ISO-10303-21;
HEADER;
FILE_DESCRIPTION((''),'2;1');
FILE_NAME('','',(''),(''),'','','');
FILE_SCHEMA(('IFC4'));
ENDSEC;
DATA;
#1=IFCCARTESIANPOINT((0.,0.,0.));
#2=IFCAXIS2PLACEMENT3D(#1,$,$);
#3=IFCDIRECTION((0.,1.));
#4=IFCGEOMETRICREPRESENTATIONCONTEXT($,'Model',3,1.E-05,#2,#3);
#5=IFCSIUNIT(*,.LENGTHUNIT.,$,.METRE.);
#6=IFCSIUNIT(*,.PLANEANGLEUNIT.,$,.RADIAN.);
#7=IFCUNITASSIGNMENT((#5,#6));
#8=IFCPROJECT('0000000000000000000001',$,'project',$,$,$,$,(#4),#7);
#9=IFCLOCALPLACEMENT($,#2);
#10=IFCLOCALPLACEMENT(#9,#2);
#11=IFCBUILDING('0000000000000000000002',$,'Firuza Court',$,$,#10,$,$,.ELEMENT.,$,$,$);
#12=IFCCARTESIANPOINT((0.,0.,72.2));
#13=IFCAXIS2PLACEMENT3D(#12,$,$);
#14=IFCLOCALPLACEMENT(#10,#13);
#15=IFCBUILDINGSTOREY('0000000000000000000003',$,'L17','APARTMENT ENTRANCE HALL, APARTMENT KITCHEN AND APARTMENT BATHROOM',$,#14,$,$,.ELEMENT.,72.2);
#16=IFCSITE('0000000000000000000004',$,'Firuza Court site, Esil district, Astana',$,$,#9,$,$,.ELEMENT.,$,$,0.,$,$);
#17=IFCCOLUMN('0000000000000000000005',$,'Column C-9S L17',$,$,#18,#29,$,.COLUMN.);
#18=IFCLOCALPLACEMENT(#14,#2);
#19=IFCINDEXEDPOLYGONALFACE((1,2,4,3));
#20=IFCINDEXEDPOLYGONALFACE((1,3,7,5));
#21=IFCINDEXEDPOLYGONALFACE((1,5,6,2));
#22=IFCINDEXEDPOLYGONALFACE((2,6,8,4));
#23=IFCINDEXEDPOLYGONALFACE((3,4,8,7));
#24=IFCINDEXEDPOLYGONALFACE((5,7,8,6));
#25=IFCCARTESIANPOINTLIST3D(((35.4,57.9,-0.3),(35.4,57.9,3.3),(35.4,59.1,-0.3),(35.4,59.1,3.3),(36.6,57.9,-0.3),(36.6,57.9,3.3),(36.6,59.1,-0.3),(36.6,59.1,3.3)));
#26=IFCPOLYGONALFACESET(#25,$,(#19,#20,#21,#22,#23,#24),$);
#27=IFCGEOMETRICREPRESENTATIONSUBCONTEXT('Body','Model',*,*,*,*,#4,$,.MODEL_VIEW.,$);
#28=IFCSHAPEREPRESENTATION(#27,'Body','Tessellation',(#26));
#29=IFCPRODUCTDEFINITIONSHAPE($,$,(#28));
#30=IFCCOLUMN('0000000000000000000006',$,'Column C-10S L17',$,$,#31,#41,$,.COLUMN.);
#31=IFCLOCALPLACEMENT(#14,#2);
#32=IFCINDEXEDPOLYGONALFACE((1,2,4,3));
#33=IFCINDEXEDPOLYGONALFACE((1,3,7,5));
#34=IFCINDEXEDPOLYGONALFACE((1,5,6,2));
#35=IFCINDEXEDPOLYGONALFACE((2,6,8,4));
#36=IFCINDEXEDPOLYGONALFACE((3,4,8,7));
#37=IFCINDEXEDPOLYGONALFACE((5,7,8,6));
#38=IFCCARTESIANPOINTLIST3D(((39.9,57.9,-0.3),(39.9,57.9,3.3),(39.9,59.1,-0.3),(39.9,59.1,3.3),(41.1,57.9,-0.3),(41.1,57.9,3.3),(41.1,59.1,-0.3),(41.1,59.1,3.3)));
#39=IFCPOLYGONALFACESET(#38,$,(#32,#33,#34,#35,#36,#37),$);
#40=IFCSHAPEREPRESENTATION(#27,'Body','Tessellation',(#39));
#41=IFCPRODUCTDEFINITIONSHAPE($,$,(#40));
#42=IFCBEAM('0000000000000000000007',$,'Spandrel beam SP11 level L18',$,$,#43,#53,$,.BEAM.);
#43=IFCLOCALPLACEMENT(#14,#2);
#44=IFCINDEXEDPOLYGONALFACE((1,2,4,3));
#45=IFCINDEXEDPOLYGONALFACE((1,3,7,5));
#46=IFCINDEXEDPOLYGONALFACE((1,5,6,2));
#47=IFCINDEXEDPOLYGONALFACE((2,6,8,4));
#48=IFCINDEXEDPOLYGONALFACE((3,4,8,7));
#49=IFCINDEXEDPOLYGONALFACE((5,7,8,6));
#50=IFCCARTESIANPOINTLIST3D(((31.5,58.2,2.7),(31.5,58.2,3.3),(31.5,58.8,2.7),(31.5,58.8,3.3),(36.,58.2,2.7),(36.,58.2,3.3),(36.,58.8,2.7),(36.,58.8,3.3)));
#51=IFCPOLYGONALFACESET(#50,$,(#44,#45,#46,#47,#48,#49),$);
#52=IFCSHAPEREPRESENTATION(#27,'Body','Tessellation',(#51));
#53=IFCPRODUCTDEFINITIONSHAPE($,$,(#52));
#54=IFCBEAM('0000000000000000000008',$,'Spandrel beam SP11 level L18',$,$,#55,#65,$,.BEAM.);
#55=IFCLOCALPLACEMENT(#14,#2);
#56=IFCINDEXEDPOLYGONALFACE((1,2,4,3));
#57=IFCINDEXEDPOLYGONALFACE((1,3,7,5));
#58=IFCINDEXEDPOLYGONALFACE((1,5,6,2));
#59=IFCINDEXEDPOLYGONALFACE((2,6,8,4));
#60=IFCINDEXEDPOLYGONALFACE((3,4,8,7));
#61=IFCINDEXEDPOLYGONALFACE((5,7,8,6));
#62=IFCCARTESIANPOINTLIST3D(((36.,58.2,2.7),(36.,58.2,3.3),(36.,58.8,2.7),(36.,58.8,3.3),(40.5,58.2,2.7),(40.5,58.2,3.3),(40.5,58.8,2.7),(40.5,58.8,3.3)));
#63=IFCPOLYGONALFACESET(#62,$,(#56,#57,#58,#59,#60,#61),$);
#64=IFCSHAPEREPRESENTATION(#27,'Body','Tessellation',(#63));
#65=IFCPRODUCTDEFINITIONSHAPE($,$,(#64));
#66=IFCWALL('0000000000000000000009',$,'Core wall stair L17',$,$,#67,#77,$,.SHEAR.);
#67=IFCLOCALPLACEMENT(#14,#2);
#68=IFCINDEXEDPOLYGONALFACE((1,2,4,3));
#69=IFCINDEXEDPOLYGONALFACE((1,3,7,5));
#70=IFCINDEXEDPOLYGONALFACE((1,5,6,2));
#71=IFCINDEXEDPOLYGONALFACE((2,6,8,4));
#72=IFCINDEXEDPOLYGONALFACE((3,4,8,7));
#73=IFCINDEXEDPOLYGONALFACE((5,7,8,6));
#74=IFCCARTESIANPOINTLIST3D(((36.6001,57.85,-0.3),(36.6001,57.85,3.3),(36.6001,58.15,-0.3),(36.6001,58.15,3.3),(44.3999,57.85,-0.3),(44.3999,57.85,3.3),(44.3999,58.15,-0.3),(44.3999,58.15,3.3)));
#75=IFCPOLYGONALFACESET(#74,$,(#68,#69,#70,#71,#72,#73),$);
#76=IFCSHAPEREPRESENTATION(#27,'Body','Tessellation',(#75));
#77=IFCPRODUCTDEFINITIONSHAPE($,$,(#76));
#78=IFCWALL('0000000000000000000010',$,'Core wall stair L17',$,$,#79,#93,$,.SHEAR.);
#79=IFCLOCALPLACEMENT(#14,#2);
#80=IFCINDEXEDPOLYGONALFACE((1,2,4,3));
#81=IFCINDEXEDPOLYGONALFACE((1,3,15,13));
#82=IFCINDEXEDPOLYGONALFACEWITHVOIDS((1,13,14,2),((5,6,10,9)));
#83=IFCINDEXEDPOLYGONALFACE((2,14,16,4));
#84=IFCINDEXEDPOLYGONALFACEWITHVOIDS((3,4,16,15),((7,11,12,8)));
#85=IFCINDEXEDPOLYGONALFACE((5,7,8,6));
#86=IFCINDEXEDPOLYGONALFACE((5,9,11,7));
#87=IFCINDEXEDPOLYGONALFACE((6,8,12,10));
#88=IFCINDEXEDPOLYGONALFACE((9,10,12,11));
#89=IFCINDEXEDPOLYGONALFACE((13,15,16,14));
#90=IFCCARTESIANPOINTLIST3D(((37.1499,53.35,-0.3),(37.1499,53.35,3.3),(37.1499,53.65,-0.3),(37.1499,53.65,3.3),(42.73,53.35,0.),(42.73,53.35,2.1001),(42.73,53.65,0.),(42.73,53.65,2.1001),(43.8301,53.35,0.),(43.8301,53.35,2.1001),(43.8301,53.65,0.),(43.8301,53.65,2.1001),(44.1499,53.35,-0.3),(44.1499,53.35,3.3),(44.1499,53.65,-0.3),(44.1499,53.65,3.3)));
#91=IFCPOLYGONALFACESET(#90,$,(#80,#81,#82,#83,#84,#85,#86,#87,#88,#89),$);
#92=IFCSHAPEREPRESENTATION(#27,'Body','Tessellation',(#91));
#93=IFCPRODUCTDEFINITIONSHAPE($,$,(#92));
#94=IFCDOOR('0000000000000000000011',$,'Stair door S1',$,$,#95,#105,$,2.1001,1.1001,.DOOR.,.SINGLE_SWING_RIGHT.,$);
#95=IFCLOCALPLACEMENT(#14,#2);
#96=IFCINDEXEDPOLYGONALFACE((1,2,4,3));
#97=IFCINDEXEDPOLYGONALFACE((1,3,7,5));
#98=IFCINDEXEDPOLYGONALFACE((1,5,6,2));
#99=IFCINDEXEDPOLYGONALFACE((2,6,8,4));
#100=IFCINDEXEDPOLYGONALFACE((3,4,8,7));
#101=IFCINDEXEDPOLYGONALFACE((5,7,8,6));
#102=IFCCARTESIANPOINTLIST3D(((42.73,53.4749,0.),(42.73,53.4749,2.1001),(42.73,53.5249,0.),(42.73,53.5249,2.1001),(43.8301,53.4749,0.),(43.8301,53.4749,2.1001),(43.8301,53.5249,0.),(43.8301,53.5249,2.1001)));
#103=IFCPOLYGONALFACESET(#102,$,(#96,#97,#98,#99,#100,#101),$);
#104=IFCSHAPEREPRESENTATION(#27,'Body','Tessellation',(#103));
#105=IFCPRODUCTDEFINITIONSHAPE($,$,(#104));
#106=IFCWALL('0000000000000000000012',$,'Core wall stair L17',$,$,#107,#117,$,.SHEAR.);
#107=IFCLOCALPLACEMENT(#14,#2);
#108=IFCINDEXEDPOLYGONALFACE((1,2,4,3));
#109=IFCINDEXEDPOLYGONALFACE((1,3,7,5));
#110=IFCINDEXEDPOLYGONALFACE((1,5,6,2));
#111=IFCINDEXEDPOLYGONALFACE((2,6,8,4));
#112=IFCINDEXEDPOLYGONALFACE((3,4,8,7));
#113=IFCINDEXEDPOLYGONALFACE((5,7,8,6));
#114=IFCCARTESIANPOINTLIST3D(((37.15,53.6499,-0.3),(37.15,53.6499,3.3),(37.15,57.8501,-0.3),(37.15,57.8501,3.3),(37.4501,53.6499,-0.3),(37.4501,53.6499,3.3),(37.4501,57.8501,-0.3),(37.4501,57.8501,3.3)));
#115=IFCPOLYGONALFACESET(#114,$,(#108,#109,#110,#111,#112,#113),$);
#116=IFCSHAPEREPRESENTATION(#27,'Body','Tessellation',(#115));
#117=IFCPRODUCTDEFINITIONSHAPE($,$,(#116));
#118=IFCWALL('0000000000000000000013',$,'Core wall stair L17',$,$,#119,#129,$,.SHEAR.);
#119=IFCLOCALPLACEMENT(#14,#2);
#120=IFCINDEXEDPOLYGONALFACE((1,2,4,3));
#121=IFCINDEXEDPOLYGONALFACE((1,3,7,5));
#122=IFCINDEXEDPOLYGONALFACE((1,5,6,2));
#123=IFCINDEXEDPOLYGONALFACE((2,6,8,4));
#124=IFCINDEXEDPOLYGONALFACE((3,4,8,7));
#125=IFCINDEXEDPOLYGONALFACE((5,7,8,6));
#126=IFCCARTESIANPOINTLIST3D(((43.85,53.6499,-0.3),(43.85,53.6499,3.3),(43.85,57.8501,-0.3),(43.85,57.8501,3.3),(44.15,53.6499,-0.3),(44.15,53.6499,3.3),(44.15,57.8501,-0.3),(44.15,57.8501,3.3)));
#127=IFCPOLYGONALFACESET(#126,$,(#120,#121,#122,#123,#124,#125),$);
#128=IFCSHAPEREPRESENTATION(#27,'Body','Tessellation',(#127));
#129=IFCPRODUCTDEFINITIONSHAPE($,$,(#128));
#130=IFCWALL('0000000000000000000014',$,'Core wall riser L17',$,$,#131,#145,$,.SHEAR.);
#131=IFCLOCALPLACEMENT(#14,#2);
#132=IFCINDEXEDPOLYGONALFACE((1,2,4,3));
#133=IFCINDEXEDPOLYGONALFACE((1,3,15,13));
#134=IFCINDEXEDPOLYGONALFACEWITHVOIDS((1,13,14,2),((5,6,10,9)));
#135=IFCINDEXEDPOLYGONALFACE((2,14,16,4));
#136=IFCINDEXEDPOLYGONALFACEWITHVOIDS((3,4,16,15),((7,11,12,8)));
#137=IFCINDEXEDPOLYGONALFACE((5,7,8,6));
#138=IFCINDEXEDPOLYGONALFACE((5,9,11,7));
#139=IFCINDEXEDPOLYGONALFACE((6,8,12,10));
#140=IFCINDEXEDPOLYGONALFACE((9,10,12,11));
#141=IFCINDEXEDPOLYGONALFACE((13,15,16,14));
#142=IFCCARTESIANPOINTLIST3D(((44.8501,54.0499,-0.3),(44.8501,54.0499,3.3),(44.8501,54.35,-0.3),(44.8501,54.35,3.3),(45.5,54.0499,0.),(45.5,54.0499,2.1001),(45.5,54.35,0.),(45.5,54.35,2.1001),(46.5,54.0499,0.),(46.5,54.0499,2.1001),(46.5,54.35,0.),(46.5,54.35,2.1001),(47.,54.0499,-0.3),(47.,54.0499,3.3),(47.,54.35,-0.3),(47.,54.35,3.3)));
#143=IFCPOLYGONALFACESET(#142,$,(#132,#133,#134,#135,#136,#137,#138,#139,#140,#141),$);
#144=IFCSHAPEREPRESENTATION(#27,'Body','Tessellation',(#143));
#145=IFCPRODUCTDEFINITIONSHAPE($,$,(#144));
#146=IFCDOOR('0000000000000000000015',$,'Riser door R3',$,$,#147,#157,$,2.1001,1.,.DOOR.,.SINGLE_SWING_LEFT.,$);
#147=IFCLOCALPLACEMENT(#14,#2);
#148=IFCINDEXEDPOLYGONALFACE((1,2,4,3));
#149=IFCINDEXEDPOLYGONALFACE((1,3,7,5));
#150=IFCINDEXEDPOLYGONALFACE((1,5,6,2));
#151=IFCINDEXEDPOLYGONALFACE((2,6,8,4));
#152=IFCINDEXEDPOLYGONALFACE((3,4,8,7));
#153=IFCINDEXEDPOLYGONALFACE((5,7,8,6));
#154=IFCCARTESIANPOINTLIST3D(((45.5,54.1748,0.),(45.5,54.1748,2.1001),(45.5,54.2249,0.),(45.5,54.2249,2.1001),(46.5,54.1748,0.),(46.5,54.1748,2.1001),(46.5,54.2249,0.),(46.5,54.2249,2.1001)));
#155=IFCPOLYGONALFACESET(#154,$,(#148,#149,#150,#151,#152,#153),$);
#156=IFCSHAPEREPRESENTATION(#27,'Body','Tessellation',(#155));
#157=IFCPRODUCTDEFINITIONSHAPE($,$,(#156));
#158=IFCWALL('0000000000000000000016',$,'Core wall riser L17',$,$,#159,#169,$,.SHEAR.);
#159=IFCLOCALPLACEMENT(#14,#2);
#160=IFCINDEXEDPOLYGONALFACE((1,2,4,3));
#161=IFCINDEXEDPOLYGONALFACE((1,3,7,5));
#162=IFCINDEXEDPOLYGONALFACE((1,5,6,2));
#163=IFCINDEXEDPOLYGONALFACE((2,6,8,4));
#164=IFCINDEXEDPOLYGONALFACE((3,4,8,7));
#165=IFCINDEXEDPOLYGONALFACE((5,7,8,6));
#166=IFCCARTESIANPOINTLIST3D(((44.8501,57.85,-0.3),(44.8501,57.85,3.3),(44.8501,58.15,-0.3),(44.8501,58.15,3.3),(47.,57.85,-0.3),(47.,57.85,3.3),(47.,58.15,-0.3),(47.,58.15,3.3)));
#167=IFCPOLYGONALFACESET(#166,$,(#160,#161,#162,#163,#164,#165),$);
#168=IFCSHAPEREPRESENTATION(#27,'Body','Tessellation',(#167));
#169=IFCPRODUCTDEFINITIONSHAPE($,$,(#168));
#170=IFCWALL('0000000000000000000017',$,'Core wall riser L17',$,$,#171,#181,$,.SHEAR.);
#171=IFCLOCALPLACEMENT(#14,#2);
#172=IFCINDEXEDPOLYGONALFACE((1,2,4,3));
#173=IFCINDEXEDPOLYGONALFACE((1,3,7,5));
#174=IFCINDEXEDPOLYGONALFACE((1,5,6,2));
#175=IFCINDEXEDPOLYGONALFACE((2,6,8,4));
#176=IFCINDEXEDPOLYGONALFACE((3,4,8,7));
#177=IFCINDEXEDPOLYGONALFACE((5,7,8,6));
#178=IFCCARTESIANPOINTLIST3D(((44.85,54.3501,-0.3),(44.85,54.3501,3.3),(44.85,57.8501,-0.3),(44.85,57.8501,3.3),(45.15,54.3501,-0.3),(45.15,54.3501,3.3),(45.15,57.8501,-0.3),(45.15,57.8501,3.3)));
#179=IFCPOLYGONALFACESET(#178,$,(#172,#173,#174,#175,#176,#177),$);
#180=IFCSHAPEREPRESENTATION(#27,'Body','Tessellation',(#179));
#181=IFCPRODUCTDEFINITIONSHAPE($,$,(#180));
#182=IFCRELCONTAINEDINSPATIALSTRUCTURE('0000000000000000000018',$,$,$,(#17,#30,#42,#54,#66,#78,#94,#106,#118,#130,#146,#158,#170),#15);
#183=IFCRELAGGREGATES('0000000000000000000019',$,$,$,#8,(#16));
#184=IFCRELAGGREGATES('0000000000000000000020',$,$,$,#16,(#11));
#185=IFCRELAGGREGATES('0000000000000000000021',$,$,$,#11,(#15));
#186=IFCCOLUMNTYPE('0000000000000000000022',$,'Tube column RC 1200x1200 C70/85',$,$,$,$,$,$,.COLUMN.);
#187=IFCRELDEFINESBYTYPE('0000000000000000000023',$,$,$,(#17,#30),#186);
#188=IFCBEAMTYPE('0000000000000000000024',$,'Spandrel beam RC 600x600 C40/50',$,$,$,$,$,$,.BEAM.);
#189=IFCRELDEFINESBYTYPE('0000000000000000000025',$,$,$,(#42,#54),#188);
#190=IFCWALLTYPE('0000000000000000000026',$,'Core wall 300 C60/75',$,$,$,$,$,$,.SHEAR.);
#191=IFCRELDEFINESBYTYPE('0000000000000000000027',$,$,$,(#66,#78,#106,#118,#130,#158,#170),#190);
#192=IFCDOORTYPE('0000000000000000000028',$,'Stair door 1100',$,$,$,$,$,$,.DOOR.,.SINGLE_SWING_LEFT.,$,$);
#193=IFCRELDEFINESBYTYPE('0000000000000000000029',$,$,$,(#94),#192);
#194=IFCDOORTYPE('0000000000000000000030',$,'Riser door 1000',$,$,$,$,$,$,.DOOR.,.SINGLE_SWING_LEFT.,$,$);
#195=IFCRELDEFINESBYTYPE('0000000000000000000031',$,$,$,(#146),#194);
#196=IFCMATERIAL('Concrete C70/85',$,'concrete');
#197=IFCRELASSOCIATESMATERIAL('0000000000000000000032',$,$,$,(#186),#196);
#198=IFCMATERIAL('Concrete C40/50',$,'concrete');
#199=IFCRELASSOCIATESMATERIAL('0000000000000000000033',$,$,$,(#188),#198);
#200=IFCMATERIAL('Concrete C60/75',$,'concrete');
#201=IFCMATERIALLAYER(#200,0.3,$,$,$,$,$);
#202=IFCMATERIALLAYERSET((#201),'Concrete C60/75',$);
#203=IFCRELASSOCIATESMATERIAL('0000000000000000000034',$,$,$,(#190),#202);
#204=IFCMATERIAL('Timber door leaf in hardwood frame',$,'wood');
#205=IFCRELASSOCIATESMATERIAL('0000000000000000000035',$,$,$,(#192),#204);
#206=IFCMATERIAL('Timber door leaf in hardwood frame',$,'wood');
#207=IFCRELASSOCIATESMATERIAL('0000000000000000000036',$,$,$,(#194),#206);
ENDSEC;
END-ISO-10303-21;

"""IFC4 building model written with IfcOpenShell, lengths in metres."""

from ifc_helpers import new_model, si_unit, direction, frame, frame_2d, origin, origin_2d, place, context, subcontext, project, spatial, rectangle, extrude, material, layer, layer_set, material_profile, profile_set, type_object, element, fill, save


model = new_model("IFC4")

# Units and contexts
model_context = context("Model", 3, precision=1e-05, world=origin(), true_north=direction((0.0, 1.0)))
body_context = subcontext(model_context, "Body", "Model", "MODEL_VIEW")
ifc_project = project(units=[si_unit("LENGTHUNIT", "METRE"), si_unit("PLANEANGLEUNIT", "RADIAN")], contexts=[model_context])

# Site, building, storey
site_placement = place(None, origin())
site = spatial("IfcSite", under=ifc_project, at=site_placement, Name="Firuza Court site, Esil district, Astana", CompositionType="ELEMENT", RefElevation=0.0)
building_placement = place(site_placement, origin())
building = spatial("IfcBuilding", under=site, at=building_placement, Name="Firuza Court", CompositionType="ELEMENT")
storey_placement = place(building_placement, frame((0.0, 0.0, 72.2)))
storey = spatial("IfcBuildingStorey", under=building, at=storey_placement, Name="L17", Description="APARTMENT ENTRANCE HALL, APARTMENT KITCHEN AND APARTMENT BATHROOM", CompositionType="ELEMENT", Elevation=72.2)

# Columns
ifc_material_1 = material(Name="Concrete C70/85", Category="concrete")
ifc_material_profile_1 = material_profile(ifc_material_1, rectangle(XDim=1.2, YDim=1.2, at=origin_2d()), Name="RC 1200x1200")
ifc_profile_set_1 = profile_set([ifc_material_profile_1], Name="Concrete C70/85")
column_type = type_object("IfcColumnType", Name="Tube column RC 1200x1200 C70/85", PredefinedType="COLUMN", material=ifc_profile_set_1)
for number, where, z_axis, x_axis, name in (
    (1, (36.0, 58.5, -0.3), (0.0, 0.0, 1.0), (1.0, 0.0, 0.0), "Column C-9S L17"),
    (2, (40.5, 58.5, -0.3), (0.0, 0.0, 1.0), (1.0, 0.0, 0.0), "Column C-10S L17"),
):
    element("IfcColumn", number, at=place(storey_placement, frame(where, z_axis=z_axis, x_axis=x_axis)), inside=storey, type_object=column_type, Name=name, PredefinedType="COLUMN", context=body_context, shape_type="SweptSolid", body=[
        extrude(rectangle(XDim=1.2, YDim=1.2, at=origin_2d()), origin(), (0.0, 0.0, 1.0), 3.6001),
    ])

# Beams
ifc_material_2 = material(Name="Concrete C40/50", Category="concrete")
ifc_material_profile_2 = material_profile(ifc_material_2, rectangle(XDim=0.6001, YDim=0.6001, at=origin_2d()), Name="RC 600x600")
ifc_profile_set_2 = profile_set([ifc_material_profile_2], Name="Concrete C40/50")
beam_type = type_object("IfcBeamType", Name="Spandrel beam RC 600x600 C40/50", PredefinedType="BEAM", material=ifc_profile_set_2)
for number, where, z_axis, x_axis, name in (
    (3, (36.0, 58.5, 3.0), (-1.0, 0.0, 0.0), (0.0, -1.0, 0.0), "Spandrel beam SP11 level L18"),
    (4, (40.5, 58.5, 3.0), (-1.0, 0.0, 0.0), (0.0, -1.0, 0.0), "Spandrel beam SP11 level L18"),
):
    element("IfcBeam", number, at=place(storey_placement, frame(where, z_axis=z_axis, x_axis=x_axis)), inside=storey, type_object=beam_type, Name=name, PredefinedType="BEAM", context=body_context, shape_type="SweptSolid", body=[
        extrude(rectangle(XDim=0.6001, YDim=0.6001, at=origin_2d()), origin(), (0.0, 0.0, 1.0), 4.5),
    ])

# Wall
ifc_material_3 = material(Name="Concrete C60/75", Category="concrete")
ifc_layer_1 = layer(ifc_material_3, 0.3)
ifc_layer_set_1 = layer_set([ifc_layer_1], Name="Concrete C60/75")
wall_type_1 = type_object("IfcWallType", Name="Core wall 300 C60/75", PredefinedType="SHEAR", material=ifc_layer_set_1)
wall_1_placement = place(storey_placement, frame((36.6001, 58.0, -0.3), z_axis=(0.0, 0.0, 1.0), x_axis=(1.0, 0.0, 0.0)))
element("IfcWall", 5, at=wall_1_placement, inside=storey, type_object=wall_type_1, Name="Core wall stair L17", PredefinedType="SHEAR", context=body_context, shape_type="SweptSolid", body=[
    extrude(rectangle(XDim=7.7998, YDim=0.3, at=frame_2d((3.8999, 0.0))), origin(), (0.0, 0.0, 1.0), 3.6001),
])

# Wall, opening, door
wall_2_placement = place(storey_placement, frame((37.1499, 53.5, -0.3), z_axis=(0.0, 0.0, 1.0), x_axis=(1.0, 0.0, 0.0)))
wall_2 = element("IfcWall", 6, at=wall_2_placement, inside=storey, type_object=wall_type_1, Name="Core wall stair L17", PredefinedType="SHEAR", context=body_context, shape_type="SweptSolid", body=[
    extrude(rectangle(XDim=7.0, YDim=0.3, at=frame_2d((3.5, 0.0))), origin(), (0.0, 0.0, 1.0), 3.6001),
])
opening_1_placement = place(wall_2_placement, frame((5.5801, 0.0, 0.3)))
opening_1 = element("IfcOpeningElement", 7, at=opening_1_placement, cuts=wall_2, PredefinedType="OPENING", context=body_context, shape_type="SweptSolid", body=[
    extrude(rectangle(XDim=1.1001, YDim=2.1001, at=frame_2d((0.55, 1.05))), frame((0.0, 0.1621, 0.0), z_axis=(0.0, -1.0, 0.0), x_axis=(1.0, 0.0, 0.0)), (0.0, 0.0, 1.0), 0.324),
])
ifc_material_4 = material(Name="Timber door leaf in hardwood frame", Category="wood")
door_type_1 = type_object("IfcDoorType", Name="Stair door 1100", OperationType="SINGLE_SWING_LEFT", PredefinedType="DOOR", material=ifc_material_4)
door_1_placement = place(opening_1_placement, origin())
door_1 = element("IfcDoor", 8, at=door_1_placement, inside=storey, type_object=door_type_1, Name="Stair door S1", OperationType="SINGLE_SWING_RIGHT", OverallHeight=2.1001, OverallWidth=1.1001, PredefinedType="DOOR", context=body_context, shape_type="SweptSolid", body=[
    extrude(rectangle(XDim=1.1001, YDim=2.1001, at=frame_2d((0.55, 1.05))), frame((0.0, 0.0249, 0.0), z_axis=(0.0, -1.0, 0.0), x_axis=(1.0, 0.0, 0.0)), (0.0, 0.0, 1.0), 0.05),
])
fill(opening_1, door_1)

# Walls
for number, where, z_axis, x_axis, name in (
    (9, (37.3, 53.6499, -0.3), (0.0, 0.0, 1.0), (0.0, 1.0, 0.0), "Core wall stair L17"),
    (10, (44.0, 53.6499, -0.3), (0.0, 0.0, 1.0), (0.0, 1.0, 0.0), "Core wall stair L17"),
):
    element("IfcWall", number, at=place(storey_placement, frame(where, z_axis=z_axis, x_axis=x_axis)), inside=storey, type_object=wall_type_1, Name=name, PredefinedType="SHEAR", context=body_context, shape_type="SweptSolid", body=[
        extrude(rectangle(XDim=4.2002, YDim=0.3, at=frame_2d((2.1001, 0.0))), origin(), (0.0, 0.0, 1.0), 3.6001),
    ])

# Wall, opening, door
wall_3_placement = place(storey_placement, frame((44.8501, 54.2, -0.3), z_axis=(0.0, 0.0, 1.0), x_axis=(1.0, 0.0, 0.0)))
wall_3 = element("IfcWall", 11, at=wall_3_placement, inside=storey, type_object=wall_type_1, Name="Core wall riser L17", PredefinedType="SHEAR", context=body_context, shape_type="SweptSolid", body=[
    extrude(rectangle(XDim=2.1499, YDim=0.3, at=frame_2d((1.075, 0.0))), origin(), (0.0, 0.0, 1.0), 3.6001),
])
opening_2_placement = place(wall_3_placement, frame((0.6499, 0.0, 0.3)))
opening_2 = element("IfcOpeningElement", 12, at=opening_2_placement, cuts=wall_3, PredefinedType="OPENING", context=body_context, shape_type="SweptSolid", body=[
    extrude(rectangle(XDim=1.0, YDim=2.1001, at=frame_2d((0.5, 1.05))), frame((0.0, 0.1621, 0.0), z_axis=(0.0, -1.0, 0.0), x_axis=(1.0, 0.0, 0.0)), (0.0, 0.0, 1.0), 0.324),
])
ifc_material_5 = material(Name="Timber door leaf in hardwood frame", Category="wood")
door_type_2 = type_object("IfcDoorType", Name="Riser door 1000", OperationType="SINGLE_SWING_LEFT", PredefinedType="DOOR", material=ifc_material_5)
door_2_placement = place(opening_2_placement, origin())
door_2 = element("IfcDoor", 13, at=door_2_placement, inside=storey, type_object=door_type_2, Name="Riser door R3", OperationType="SINGLE_SWING_LEFT", OverallHeight=2.1001, OverallWidth=1.0, PredefinedType="DOOR", context=body_context, shape_type="SweptSolid", body=[
    extrude(rectangle(XDim=1.0, YDim=2.1001, at=frame_2d((0.5, 1.05))), frame((0.0, 0.0249, 0.0), z_axis=(0.0, -1.0, 0.0), x_axis=(1.0, 0.0, 0.0)), (0.0, 0.0, 1.0), 0.05),
])
fill(opening_2, door_2)

# Walls
wall_4_placement = place(storey_placement, frame((44.8501, 58.0, -0.3), z_axis=(0.0, 0.0, 1.0), x_axis=(1.0, 0.0, 0.0)))
element("IfcWall", 14, at=wall_4_placement, inside=storey, type_object=wall_type_1, Name="Core wall riser L17", PredefinedType="SHEAR", context=body_context, shape_type="SweptSolid", body=[
    extrude(rectangle(XDim=2.1499, YDim=0.3, at=frame_2d((1.075, 0.0))), origin(), (0.0, 0.0, 1.0), 3.6001),
])
wall_5_placement = place(storey_placement, frame((45.0, 54.3501, -0.3), z_axis=(0.0, 0.0, 1.0), x_axis=(0.0, 1.0, 0.0)))
element("IfcWall", 15, at=wall_5_placement, inside=storey, type_object=wall_type_1, Name="Core wall riser L17", PredefinedType="SHEAR", context=body_context, shape_type="SweptSolid", body=[
    extrude(rectangle(XDim=3.5, YDim=0.3, at=frame_2d((1.75, 0.0))), origin(), (0.0, 0.0, 1.0), 3.6001),
])

save(model, "model.ifc")
